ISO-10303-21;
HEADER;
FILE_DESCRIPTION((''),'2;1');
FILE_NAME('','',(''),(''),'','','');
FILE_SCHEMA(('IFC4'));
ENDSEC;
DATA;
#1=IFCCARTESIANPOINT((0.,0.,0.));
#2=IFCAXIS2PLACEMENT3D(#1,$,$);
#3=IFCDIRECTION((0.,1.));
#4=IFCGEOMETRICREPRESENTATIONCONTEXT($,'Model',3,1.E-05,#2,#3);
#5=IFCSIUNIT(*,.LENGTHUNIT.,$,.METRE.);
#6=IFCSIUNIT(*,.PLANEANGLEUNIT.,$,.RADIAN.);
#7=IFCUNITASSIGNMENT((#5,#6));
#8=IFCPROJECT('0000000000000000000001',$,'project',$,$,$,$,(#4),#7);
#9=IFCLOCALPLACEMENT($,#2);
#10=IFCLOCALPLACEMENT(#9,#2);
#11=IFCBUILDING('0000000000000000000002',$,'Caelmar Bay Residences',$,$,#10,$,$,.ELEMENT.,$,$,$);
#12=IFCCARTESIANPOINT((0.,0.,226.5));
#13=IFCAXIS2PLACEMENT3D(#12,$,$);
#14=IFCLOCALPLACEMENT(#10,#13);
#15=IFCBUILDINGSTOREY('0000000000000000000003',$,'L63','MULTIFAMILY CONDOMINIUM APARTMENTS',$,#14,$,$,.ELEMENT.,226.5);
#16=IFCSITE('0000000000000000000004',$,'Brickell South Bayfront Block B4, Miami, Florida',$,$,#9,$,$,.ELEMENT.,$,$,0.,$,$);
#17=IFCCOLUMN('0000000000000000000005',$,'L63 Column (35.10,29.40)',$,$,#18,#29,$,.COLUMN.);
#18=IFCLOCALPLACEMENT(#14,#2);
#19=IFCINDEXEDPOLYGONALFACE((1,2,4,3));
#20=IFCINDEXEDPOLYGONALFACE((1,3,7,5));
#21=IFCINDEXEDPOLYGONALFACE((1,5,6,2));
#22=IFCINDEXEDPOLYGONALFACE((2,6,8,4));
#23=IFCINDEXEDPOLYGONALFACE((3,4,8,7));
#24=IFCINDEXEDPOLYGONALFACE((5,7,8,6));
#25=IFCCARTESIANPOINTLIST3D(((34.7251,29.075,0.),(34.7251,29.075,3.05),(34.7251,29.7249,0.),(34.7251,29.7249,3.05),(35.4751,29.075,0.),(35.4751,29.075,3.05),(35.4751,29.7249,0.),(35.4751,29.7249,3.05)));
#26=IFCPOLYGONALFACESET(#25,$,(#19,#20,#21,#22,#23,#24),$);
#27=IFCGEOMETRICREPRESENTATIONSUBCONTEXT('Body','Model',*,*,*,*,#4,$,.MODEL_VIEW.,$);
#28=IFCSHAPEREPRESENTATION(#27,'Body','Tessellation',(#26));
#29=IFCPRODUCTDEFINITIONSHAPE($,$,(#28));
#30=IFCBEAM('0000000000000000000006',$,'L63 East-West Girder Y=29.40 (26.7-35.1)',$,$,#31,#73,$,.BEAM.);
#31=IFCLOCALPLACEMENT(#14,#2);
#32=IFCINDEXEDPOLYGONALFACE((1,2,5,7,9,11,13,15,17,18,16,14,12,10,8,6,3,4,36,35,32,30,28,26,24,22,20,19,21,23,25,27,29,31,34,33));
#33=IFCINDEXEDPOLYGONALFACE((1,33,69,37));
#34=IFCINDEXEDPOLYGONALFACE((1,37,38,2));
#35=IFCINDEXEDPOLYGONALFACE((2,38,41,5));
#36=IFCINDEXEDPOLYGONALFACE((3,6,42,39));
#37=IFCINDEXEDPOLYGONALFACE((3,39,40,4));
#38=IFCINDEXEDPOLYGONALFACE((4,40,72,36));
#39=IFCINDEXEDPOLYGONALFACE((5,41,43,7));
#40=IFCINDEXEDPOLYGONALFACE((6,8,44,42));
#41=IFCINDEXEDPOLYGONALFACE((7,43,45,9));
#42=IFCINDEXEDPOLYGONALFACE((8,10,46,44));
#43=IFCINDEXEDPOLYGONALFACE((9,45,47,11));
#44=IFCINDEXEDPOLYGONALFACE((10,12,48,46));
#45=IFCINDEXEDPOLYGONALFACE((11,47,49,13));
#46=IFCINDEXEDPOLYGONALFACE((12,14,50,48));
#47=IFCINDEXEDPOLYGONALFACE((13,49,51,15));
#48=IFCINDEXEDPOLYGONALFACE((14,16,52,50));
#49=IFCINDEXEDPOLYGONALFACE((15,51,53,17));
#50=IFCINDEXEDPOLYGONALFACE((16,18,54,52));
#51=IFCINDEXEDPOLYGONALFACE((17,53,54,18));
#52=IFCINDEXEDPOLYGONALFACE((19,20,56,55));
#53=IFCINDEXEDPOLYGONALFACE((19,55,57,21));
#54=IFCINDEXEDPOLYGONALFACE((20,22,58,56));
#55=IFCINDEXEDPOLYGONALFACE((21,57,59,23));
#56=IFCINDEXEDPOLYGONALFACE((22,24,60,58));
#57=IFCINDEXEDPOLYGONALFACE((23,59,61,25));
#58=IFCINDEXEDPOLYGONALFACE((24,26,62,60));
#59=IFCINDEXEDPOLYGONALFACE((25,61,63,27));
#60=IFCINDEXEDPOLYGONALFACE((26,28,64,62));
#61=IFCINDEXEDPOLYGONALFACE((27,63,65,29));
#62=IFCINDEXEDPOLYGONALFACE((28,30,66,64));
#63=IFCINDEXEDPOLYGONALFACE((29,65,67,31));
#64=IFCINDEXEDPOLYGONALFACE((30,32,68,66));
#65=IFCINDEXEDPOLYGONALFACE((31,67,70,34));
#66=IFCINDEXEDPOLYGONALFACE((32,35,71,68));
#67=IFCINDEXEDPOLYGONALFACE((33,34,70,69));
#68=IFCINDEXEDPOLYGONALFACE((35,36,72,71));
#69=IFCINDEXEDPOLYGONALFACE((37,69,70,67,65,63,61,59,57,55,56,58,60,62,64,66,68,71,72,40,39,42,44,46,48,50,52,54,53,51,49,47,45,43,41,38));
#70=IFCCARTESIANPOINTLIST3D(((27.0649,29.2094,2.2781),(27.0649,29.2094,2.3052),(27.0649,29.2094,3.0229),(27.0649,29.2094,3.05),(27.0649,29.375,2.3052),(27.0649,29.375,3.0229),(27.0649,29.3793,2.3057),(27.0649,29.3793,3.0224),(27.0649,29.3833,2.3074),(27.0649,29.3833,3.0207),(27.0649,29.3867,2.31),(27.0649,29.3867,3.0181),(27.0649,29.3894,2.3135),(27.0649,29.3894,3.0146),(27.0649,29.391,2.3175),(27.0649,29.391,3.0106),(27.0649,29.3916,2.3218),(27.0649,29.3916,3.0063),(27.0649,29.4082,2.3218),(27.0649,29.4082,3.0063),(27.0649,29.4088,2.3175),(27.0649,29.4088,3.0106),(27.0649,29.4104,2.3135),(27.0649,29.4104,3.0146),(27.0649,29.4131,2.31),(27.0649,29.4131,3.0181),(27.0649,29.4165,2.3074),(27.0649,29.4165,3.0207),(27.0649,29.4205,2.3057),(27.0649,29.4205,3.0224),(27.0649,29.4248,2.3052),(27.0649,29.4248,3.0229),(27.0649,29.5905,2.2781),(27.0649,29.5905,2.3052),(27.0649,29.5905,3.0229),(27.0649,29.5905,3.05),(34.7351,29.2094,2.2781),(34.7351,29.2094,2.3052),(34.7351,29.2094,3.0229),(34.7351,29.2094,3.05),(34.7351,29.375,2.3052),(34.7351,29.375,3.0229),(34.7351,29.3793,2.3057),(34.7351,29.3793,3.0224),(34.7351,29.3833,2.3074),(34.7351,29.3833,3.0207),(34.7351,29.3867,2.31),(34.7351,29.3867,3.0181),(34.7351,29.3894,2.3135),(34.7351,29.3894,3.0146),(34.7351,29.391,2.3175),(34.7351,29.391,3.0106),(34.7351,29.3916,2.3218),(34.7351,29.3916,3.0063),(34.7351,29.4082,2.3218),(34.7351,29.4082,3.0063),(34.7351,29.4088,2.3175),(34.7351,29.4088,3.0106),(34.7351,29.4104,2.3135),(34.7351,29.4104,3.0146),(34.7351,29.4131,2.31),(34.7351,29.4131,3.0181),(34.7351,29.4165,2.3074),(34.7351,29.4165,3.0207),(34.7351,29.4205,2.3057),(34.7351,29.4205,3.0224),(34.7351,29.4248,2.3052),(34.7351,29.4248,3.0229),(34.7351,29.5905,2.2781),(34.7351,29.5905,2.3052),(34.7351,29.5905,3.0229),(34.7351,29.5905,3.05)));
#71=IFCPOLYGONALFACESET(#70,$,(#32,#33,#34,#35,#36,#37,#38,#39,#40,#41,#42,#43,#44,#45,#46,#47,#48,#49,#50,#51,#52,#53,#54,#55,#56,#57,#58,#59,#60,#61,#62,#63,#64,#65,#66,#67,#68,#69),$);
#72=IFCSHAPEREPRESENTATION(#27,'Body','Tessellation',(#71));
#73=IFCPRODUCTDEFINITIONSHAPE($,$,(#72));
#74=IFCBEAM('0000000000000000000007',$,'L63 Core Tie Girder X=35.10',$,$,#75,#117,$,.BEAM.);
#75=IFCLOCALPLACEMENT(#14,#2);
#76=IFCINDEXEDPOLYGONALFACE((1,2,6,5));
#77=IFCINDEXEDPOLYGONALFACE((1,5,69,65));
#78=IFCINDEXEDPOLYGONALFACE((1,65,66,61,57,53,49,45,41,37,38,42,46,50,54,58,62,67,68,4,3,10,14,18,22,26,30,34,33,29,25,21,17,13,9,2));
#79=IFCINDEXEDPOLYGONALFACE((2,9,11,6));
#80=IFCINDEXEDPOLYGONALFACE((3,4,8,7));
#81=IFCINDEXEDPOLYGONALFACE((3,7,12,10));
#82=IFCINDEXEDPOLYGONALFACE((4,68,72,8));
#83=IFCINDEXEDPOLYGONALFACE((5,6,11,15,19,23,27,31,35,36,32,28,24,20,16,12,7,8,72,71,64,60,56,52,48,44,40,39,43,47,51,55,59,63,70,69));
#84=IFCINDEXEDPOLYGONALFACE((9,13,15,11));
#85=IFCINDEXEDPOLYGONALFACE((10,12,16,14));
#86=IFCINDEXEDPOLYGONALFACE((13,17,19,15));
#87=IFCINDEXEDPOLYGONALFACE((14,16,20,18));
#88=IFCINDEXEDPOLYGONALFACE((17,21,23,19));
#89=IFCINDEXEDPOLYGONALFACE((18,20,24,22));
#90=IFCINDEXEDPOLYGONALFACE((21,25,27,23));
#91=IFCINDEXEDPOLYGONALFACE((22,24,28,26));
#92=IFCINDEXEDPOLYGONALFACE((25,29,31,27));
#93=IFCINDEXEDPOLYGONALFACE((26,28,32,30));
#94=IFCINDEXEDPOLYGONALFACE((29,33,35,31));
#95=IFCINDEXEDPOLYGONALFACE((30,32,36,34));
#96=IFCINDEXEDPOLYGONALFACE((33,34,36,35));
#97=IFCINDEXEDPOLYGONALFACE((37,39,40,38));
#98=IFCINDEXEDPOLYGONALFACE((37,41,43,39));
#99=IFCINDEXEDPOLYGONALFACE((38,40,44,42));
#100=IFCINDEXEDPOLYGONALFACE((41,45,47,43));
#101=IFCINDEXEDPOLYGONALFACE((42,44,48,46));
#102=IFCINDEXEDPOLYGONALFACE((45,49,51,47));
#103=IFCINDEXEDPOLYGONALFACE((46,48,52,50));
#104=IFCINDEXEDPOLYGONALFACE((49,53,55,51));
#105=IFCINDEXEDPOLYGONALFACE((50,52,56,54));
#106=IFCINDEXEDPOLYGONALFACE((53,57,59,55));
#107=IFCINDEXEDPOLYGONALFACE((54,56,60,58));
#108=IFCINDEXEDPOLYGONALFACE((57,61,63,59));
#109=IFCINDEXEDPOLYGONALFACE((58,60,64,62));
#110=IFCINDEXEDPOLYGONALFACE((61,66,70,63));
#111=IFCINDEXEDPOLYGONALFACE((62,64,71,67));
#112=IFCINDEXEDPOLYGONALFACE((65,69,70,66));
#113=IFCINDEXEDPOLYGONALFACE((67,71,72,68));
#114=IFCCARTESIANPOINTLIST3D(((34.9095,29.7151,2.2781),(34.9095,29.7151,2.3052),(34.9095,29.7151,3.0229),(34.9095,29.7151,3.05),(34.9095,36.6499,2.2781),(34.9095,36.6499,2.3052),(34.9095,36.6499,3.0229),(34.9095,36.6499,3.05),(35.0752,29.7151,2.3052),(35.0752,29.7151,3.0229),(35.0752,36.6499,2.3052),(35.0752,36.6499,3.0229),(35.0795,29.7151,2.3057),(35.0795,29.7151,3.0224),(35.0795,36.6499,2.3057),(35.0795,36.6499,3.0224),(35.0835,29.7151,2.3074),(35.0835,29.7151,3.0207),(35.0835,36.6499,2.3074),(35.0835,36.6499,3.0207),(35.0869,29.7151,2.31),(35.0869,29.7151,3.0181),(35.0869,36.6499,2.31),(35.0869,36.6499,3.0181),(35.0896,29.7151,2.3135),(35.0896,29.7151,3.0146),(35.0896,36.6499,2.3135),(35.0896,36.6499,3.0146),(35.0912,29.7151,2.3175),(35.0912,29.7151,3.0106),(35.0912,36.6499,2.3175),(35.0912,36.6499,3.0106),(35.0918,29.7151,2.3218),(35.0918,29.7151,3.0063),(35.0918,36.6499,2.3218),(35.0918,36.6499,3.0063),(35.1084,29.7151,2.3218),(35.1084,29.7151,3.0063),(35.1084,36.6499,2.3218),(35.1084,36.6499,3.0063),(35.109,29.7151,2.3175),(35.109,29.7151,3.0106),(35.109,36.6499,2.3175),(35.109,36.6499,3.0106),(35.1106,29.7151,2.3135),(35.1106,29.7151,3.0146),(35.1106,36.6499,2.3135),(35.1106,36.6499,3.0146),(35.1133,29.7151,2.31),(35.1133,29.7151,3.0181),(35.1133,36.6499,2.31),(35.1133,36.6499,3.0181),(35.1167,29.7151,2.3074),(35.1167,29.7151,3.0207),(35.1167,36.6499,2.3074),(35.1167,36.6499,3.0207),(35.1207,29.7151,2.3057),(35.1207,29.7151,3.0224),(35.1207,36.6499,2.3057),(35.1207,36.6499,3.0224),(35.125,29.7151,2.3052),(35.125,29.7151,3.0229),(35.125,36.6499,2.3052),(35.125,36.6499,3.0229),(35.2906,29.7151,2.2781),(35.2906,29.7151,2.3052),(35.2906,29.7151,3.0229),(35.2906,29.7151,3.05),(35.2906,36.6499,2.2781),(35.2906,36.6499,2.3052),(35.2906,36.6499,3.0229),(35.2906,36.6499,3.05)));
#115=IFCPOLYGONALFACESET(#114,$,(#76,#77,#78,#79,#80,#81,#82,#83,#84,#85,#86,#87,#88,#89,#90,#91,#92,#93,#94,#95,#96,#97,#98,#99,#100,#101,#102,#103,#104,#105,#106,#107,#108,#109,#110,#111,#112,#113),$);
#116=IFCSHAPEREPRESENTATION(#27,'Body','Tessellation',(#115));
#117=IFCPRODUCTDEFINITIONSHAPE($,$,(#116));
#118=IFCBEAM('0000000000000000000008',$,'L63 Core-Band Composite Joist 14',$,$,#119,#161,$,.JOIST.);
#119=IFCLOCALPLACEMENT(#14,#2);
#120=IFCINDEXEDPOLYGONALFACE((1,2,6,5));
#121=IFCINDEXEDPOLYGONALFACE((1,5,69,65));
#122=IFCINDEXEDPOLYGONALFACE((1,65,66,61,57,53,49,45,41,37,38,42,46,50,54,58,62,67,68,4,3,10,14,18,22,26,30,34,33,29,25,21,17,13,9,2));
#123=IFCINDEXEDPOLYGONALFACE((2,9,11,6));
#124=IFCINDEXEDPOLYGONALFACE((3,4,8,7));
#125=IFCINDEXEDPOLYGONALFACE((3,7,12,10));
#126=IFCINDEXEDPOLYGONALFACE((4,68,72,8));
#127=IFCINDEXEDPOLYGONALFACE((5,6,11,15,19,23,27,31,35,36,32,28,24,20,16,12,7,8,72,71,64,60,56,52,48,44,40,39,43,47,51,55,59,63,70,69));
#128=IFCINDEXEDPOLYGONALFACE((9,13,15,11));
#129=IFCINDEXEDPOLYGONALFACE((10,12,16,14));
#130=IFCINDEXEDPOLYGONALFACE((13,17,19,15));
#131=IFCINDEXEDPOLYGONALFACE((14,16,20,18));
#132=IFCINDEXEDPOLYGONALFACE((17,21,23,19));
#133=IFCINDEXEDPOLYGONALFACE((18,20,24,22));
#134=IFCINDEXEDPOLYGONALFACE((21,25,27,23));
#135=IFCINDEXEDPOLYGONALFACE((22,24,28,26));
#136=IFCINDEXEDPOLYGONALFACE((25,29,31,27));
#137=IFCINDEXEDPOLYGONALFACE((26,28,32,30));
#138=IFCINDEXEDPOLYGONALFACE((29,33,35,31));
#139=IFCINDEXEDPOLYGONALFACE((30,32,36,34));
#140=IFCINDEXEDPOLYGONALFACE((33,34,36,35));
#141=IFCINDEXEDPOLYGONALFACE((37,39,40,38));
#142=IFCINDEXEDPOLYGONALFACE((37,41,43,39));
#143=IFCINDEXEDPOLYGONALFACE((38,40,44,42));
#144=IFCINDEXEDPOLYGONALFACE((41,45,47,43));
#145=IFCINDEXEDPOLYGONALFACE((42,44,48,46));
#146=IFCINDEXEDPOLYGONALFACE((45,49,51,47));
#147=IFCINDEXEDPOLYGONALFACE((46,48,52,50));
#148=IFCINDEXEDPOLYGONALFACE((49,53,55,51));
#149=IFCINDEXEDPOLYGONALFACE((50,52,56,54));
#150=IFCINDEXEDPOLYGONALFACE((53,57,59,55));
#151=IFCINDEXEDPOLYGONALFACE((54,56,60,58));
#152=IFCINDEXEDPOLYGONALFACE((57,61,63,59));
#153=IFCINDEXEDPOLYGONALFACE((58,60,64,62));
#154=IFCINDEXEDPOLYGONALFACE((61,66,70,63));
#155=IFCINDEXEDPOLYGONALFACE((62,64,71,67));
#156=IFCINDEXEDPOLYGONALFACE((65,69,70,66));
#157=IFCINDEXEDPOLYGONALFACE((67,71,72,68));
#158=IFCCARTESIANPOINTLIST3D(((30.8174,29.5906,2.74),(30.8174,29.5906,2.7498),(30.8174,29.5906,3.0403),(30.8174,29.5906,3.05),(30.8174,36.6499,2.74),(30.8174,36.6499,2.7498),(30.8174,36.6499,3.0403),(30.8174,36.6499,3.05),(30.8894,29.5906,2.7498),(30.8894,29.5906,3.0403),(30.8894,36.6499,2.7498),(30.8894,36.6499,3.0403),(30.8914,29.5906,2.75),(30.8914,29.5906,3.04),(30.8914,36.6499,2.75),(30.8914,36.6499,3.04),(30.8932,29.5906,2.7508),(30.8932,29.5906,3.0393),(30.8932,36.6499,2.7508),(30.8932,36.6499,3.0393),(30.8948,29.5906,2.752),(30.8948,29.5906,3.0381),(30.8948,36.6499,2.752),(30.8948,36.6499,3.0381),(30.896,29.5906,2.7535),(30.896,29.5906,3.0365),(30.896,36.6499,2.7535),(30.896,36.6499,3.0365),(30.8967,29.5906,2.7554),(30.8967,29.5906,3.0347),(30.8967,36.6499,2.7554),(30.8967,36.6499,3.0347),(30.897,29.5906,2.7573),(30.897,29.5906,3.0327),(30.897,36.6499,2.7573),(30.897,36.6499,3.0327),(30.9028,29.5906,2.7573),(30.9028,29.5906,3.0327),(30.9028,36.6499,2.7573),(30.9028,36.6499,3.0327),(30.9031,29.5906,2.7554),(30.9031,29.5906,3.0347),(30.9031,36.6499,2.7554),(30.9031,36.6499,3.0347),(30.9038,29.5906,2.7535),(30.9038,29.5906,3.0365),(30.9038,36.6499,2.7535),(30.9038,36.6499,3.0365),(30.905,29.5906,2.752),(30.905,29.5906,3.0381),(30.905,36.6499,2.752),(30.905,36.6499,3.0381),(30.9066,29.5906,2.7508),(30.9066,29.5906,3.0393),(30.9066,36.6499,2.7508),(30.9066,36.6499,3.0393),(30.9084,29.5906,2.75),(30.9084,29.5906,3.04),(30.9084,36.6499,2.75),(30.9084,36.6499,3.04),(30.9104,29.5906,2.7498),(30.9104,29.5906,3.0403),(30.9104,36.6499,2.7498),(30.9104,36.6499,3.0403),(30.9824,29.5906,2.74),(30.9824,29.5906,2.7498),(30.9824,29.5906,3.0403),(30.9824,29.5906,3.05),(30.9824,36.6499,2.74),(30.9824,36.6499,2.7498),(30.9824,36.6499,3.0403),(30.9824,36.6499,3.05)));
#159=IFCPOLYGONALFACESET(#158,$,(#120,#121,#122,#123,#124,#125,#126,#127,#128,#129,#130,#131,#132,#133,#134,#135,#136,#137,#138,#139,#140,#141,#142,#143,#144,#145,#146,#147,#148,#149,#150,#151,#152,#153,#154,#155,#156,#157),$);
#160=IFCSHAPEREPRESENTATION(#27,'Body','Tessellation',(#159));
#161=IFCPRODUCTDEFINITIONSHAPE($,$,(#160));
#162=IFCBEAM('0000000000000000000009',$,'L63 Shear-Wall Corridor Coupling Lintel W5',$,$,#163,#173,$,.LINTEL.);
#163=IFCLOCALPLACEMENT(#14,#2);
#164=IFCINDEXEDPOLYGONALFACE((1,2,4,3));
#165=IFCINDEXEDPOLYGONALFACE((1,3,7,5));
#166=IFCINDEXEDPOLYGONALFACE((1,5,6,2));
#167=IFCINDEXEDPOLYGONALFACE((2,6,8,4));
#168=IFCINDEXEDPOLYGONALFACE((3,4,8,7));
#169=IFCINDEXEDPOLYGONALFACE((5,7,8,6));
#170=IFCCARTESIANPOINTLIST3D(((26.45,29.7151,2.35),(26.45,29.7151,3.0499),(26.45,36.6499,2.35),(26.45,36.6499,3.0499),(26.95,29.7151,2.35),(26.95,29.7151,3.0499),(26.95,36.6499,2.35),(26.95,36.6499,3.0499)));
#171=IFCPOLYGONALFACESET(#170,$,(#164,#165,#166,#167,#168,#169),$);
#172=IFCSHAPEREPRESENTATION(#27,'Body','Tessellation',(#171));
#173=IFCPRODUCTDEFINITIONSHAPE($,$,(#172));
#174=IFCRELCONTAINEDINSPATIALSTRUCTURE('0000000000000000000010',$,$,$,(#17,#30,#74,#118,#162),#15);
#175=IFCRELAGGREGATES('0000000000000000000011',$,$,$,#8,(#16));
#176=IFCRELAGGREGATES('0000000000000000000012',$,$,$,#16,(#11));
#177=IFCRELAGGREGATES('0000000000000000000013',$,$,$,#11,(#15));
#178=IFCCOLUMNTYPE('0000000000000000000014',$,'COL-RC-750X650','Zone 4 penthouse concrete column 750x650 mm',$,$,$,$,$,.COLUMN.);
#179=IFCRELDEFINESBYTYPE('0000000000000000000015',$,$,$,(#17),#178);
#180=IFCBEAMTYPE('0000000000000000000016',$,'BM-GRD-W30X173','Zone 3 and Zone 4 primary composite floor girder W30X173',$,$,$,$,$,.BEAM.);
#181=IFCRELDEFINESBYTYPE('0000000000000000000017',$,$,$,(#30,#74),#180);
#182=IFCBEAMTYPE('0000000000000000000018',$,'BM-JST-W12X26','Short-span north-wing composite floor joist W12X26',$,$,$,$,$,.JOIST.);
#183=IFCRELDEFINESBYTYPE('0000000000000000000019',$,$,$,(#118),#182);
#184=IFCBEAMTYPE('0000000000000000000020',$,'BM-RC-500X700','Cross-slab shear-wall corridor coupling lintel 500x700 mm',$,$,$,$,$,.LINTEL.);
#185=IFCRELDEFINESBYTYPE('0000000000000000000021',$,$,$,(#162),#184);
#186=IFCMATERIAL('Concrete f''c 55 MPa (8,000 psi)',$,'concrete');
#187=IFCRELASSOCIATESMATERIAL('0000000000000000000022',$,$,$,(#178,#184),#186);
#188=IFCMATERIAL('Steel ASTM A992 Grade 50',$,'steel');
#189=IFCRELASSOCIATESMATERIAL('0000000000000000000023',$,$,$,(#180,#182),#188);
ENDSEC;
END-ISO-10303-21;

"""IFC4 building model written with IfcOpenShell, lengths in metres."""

from ifc_helpers import new_model, si_unit, direction, frame, origin, origin_2d, place, context, subcontext, project, spatial, rectangle, i_section, extrude, material, material_profile, profile_set, type_object, element, save


model = new_model("IFC4")

# Units and contexts
model_context = context("Model", 3, precision=1e-05, world=origin(), true_north=direction((0.0, 1.0)))
body_context = subcontext(model_context, "Body", "Model", "MODEL_VIEW")
ifc_project = project(units=[si_unit("LENGTHUNIT", "METRE"), si_unit("PLANEANGLEUNIT", "RADIAN")], contexts=[model_context])

# Site, building, storey
site_placement = place(None, origin())
site = spatial("IfcSite", under=ifc_project, at=site_placement, Name="Brickell South Bayfront Block B4, Miami, Florida", CompositionType="ELEMENT", RefElevation=0.0)
building_placement = place(site_placement, origin())
building = spatial("IfcBuilding", under=site, at=building_placement, Name="Caelmar Bay Residences", CompositionType="ELEMENT")
storey_placement = place(building_placement, frame((0.0, 0.0, 226.5)))
storey = spatial("IfcBuildingStorey", under=building, at=storey_placement, Name="L63", Description="MULTIFAMILY CONDOMINIUM APARTMENTS", CompositionType="ELEMENT", Elevation=226.5)

# Column
ifc_material_1 = material(Name="Concrete f'c 55 MPa (8,000 psi)", Category="concrete")
ifc_material_profile_1 = material_profile(ifc_material_1, rectangle(XDim=0.75, YDim=0.6499, at=origin_2d()), Name="RC-COL-750X650")
ifc_profile_set_1 = profile_set([ifc_material_profile_1], Name="Concrete f'c 55 MPa (8,000 psi)")
column_type = type_object("IfcColumnType", Name="COL-RC-750X650", Description="Zone 4 penthouse concrete column 750x650 mm", PredefinedType="COLUMN", material=ifc_profile_set_1)
column_placement = place(storey_placement, frame((35.1001, 29.3999, 0.0), z_axis=(0.0, 0.0, 1.0), x_axis=(1.0, 0.0, 0.0)))
element("IfcColumn", 1, at=column_placement, inside=storey, type_object=column_type, Name="L63 Column (35.10,29.40)", PredefinedType="COLUMN", context=body_context, shape_type="SweptSolid", body=[
    extrude(rectangle(XDim=0.75, YDim=0.6499, at=origin_2d()), origin(), (0.0, 0.0, 1.0), 3.05),
])

# Beams
ifc_material_2 = material(Name="Steel ASTM A992 Grade 50", Category="steel")
ifc_material_profile_2 = material_profile(ifc_material_2, i_section(OverallWidth=0.3811, OverallDepth=0.772, WebThickness=0.0166, FlangeThickness=0.0271, FilletRadius=0.0166, at=origin_2d()), Name="W30X173")
ifc_profile_set_2 = profile_set([ifc_material_profile_2], Name="Steel ASTM A992 Grade 50")
beam_type_1 = type_object("IfcBeamType", Name="BM-GRD-W30X173", Description="Zone 3 and Zone 4 primary composite floor girder W30X173", PredefinedType="BEAM", material=ifc_profile_set_2)
beam_1_placement = place(storey_placement, frame((27.0649, 29.3999, 2.6641), z_axis=(1.0, 0.0, 0.0), x_axis=(0.0, 1.0, 0.0)))
element("IfcBeam", 2, at=beam_1_placement, inside=storey, type_object=beam_type_1, Name="L63 East-West Girder Y=29.40 (26.7-35.1)", PredefinedType="BEAM", context=body_context, shape_type="SweptSolid", body=[
    extrude(i_section(OverallWidth=0.3811, OverallDepth=0.772, WebThickness=0.0166, FlangeThickness=0.0271, FilletRadius=0.0166, at=origin_2d()), origin(), (0.0, 0.0, 1.0), 7.6702),
])
beam_2_placement = place(storey_placement, frame((35.1001, 29.7151, 2.6641), z_axis=(0.0, 1.0, 0.0), x_axis=(-1.0, 0.0, 0.0)))
element("IfcBeam", 3, at=beam_2_placement, inside=storey, type_object=beam_type_1, Name="L63 Core Tie Girder X=35.10", PredefinedType="BEAM", context=body_context, shape_type="SweptSolid", body=[
    extrude(i_section(OverallWidth=0.3811, OverallDepth=0.772, WebThickness=0.0166, FlangeThickness=0.0271, FilletRadius=0.0166, at=origin_2d()), origin(), (0.0, 0.0, 1.0), 6.9348),
])
ifc_material_profile_3 = material_profile(ifc_material_2, i_section(OverallWidth=0.165, OverallDepth=0.3101, WebThickness=0.0059, FlangeThickness=0.0098, FilletRadius=0.0076, at=origin_2d()), Name="W12X26")
ifc_profile_set_3 = profile_set([ifc_material_profile_3], Name="Steel ASTM A992 Grade 50")
beam_type_2 = type_object("IfcBeamType", Name="BM-JST-W12X26", Description="Short-span north-wing composite floor joist W12X26", PredefinedType="JOIST", material=ifc_profile_set_3)
beam_3_placement = place(storey_placement, frame((30.8999, 29.5906, 2.895), z_axis=(0.0, 1.0, 0.0), x_axis=(-1.0, 0.0, 0.0)))
element("IfcBeam", 4, at=beam_3_placement, inside=storey, type_object=beam_type_2, Name="L63 Core-Band Composite Joist 14", PredefinedType="JOIST", context=body_context, shape_type="SweptSolid", body=[
    extrude(i_section(OverallWidth=0.165, OverallDepth=0.3101, WebThickness=0.0059, FlangeThickness=0.0098, FilletRadius=0.0076, at=origin_2d()), origin(), (0.0, 0.0, 1.0), 7.0593),
])
ifc_material_profile_4 = material_profile(ifc_material_1, rectangle(XDim=0.5, YDim=0.7, at=origin_2d()), Name="RC-BM-500X700")
ifc_profile_set_4 = profile_set([ifc_material_profile_4], Name="Concrete f'c 55 MPa (8,000 psi)")
beam_type_3 = type_object("IfcBeamType", Name="BM-RC-500X700", Description="Cross-slab shear-wall corridor coupling lintel 500x700 mm", PredefinedType="LINTEL", material=ifc_profile_set_4)
beam_4_placement = place(storey_placement, frame((26.7, 29.7151, 2.7), z_axis=(0.0, 1.0, 0.0), x_axis=(-1.0, 0.0, 0.0)))
element("IfcBeam", 5, at=beam_4_placement, inside=storey, type_object=beam_type_3, Name="L63 Shear-Wall Corridor Coupling Lintel W5", PredefinedType="LINTEL", context=body_context, shape_type="SweptSolid", body=[
    extrude(rectangle(XDim=0.5, YDim=0.7, at=origin_2d()), origin(), (0.0, 0.0, 1.0), 6.9348),
])

save(model, "model.ifc")
